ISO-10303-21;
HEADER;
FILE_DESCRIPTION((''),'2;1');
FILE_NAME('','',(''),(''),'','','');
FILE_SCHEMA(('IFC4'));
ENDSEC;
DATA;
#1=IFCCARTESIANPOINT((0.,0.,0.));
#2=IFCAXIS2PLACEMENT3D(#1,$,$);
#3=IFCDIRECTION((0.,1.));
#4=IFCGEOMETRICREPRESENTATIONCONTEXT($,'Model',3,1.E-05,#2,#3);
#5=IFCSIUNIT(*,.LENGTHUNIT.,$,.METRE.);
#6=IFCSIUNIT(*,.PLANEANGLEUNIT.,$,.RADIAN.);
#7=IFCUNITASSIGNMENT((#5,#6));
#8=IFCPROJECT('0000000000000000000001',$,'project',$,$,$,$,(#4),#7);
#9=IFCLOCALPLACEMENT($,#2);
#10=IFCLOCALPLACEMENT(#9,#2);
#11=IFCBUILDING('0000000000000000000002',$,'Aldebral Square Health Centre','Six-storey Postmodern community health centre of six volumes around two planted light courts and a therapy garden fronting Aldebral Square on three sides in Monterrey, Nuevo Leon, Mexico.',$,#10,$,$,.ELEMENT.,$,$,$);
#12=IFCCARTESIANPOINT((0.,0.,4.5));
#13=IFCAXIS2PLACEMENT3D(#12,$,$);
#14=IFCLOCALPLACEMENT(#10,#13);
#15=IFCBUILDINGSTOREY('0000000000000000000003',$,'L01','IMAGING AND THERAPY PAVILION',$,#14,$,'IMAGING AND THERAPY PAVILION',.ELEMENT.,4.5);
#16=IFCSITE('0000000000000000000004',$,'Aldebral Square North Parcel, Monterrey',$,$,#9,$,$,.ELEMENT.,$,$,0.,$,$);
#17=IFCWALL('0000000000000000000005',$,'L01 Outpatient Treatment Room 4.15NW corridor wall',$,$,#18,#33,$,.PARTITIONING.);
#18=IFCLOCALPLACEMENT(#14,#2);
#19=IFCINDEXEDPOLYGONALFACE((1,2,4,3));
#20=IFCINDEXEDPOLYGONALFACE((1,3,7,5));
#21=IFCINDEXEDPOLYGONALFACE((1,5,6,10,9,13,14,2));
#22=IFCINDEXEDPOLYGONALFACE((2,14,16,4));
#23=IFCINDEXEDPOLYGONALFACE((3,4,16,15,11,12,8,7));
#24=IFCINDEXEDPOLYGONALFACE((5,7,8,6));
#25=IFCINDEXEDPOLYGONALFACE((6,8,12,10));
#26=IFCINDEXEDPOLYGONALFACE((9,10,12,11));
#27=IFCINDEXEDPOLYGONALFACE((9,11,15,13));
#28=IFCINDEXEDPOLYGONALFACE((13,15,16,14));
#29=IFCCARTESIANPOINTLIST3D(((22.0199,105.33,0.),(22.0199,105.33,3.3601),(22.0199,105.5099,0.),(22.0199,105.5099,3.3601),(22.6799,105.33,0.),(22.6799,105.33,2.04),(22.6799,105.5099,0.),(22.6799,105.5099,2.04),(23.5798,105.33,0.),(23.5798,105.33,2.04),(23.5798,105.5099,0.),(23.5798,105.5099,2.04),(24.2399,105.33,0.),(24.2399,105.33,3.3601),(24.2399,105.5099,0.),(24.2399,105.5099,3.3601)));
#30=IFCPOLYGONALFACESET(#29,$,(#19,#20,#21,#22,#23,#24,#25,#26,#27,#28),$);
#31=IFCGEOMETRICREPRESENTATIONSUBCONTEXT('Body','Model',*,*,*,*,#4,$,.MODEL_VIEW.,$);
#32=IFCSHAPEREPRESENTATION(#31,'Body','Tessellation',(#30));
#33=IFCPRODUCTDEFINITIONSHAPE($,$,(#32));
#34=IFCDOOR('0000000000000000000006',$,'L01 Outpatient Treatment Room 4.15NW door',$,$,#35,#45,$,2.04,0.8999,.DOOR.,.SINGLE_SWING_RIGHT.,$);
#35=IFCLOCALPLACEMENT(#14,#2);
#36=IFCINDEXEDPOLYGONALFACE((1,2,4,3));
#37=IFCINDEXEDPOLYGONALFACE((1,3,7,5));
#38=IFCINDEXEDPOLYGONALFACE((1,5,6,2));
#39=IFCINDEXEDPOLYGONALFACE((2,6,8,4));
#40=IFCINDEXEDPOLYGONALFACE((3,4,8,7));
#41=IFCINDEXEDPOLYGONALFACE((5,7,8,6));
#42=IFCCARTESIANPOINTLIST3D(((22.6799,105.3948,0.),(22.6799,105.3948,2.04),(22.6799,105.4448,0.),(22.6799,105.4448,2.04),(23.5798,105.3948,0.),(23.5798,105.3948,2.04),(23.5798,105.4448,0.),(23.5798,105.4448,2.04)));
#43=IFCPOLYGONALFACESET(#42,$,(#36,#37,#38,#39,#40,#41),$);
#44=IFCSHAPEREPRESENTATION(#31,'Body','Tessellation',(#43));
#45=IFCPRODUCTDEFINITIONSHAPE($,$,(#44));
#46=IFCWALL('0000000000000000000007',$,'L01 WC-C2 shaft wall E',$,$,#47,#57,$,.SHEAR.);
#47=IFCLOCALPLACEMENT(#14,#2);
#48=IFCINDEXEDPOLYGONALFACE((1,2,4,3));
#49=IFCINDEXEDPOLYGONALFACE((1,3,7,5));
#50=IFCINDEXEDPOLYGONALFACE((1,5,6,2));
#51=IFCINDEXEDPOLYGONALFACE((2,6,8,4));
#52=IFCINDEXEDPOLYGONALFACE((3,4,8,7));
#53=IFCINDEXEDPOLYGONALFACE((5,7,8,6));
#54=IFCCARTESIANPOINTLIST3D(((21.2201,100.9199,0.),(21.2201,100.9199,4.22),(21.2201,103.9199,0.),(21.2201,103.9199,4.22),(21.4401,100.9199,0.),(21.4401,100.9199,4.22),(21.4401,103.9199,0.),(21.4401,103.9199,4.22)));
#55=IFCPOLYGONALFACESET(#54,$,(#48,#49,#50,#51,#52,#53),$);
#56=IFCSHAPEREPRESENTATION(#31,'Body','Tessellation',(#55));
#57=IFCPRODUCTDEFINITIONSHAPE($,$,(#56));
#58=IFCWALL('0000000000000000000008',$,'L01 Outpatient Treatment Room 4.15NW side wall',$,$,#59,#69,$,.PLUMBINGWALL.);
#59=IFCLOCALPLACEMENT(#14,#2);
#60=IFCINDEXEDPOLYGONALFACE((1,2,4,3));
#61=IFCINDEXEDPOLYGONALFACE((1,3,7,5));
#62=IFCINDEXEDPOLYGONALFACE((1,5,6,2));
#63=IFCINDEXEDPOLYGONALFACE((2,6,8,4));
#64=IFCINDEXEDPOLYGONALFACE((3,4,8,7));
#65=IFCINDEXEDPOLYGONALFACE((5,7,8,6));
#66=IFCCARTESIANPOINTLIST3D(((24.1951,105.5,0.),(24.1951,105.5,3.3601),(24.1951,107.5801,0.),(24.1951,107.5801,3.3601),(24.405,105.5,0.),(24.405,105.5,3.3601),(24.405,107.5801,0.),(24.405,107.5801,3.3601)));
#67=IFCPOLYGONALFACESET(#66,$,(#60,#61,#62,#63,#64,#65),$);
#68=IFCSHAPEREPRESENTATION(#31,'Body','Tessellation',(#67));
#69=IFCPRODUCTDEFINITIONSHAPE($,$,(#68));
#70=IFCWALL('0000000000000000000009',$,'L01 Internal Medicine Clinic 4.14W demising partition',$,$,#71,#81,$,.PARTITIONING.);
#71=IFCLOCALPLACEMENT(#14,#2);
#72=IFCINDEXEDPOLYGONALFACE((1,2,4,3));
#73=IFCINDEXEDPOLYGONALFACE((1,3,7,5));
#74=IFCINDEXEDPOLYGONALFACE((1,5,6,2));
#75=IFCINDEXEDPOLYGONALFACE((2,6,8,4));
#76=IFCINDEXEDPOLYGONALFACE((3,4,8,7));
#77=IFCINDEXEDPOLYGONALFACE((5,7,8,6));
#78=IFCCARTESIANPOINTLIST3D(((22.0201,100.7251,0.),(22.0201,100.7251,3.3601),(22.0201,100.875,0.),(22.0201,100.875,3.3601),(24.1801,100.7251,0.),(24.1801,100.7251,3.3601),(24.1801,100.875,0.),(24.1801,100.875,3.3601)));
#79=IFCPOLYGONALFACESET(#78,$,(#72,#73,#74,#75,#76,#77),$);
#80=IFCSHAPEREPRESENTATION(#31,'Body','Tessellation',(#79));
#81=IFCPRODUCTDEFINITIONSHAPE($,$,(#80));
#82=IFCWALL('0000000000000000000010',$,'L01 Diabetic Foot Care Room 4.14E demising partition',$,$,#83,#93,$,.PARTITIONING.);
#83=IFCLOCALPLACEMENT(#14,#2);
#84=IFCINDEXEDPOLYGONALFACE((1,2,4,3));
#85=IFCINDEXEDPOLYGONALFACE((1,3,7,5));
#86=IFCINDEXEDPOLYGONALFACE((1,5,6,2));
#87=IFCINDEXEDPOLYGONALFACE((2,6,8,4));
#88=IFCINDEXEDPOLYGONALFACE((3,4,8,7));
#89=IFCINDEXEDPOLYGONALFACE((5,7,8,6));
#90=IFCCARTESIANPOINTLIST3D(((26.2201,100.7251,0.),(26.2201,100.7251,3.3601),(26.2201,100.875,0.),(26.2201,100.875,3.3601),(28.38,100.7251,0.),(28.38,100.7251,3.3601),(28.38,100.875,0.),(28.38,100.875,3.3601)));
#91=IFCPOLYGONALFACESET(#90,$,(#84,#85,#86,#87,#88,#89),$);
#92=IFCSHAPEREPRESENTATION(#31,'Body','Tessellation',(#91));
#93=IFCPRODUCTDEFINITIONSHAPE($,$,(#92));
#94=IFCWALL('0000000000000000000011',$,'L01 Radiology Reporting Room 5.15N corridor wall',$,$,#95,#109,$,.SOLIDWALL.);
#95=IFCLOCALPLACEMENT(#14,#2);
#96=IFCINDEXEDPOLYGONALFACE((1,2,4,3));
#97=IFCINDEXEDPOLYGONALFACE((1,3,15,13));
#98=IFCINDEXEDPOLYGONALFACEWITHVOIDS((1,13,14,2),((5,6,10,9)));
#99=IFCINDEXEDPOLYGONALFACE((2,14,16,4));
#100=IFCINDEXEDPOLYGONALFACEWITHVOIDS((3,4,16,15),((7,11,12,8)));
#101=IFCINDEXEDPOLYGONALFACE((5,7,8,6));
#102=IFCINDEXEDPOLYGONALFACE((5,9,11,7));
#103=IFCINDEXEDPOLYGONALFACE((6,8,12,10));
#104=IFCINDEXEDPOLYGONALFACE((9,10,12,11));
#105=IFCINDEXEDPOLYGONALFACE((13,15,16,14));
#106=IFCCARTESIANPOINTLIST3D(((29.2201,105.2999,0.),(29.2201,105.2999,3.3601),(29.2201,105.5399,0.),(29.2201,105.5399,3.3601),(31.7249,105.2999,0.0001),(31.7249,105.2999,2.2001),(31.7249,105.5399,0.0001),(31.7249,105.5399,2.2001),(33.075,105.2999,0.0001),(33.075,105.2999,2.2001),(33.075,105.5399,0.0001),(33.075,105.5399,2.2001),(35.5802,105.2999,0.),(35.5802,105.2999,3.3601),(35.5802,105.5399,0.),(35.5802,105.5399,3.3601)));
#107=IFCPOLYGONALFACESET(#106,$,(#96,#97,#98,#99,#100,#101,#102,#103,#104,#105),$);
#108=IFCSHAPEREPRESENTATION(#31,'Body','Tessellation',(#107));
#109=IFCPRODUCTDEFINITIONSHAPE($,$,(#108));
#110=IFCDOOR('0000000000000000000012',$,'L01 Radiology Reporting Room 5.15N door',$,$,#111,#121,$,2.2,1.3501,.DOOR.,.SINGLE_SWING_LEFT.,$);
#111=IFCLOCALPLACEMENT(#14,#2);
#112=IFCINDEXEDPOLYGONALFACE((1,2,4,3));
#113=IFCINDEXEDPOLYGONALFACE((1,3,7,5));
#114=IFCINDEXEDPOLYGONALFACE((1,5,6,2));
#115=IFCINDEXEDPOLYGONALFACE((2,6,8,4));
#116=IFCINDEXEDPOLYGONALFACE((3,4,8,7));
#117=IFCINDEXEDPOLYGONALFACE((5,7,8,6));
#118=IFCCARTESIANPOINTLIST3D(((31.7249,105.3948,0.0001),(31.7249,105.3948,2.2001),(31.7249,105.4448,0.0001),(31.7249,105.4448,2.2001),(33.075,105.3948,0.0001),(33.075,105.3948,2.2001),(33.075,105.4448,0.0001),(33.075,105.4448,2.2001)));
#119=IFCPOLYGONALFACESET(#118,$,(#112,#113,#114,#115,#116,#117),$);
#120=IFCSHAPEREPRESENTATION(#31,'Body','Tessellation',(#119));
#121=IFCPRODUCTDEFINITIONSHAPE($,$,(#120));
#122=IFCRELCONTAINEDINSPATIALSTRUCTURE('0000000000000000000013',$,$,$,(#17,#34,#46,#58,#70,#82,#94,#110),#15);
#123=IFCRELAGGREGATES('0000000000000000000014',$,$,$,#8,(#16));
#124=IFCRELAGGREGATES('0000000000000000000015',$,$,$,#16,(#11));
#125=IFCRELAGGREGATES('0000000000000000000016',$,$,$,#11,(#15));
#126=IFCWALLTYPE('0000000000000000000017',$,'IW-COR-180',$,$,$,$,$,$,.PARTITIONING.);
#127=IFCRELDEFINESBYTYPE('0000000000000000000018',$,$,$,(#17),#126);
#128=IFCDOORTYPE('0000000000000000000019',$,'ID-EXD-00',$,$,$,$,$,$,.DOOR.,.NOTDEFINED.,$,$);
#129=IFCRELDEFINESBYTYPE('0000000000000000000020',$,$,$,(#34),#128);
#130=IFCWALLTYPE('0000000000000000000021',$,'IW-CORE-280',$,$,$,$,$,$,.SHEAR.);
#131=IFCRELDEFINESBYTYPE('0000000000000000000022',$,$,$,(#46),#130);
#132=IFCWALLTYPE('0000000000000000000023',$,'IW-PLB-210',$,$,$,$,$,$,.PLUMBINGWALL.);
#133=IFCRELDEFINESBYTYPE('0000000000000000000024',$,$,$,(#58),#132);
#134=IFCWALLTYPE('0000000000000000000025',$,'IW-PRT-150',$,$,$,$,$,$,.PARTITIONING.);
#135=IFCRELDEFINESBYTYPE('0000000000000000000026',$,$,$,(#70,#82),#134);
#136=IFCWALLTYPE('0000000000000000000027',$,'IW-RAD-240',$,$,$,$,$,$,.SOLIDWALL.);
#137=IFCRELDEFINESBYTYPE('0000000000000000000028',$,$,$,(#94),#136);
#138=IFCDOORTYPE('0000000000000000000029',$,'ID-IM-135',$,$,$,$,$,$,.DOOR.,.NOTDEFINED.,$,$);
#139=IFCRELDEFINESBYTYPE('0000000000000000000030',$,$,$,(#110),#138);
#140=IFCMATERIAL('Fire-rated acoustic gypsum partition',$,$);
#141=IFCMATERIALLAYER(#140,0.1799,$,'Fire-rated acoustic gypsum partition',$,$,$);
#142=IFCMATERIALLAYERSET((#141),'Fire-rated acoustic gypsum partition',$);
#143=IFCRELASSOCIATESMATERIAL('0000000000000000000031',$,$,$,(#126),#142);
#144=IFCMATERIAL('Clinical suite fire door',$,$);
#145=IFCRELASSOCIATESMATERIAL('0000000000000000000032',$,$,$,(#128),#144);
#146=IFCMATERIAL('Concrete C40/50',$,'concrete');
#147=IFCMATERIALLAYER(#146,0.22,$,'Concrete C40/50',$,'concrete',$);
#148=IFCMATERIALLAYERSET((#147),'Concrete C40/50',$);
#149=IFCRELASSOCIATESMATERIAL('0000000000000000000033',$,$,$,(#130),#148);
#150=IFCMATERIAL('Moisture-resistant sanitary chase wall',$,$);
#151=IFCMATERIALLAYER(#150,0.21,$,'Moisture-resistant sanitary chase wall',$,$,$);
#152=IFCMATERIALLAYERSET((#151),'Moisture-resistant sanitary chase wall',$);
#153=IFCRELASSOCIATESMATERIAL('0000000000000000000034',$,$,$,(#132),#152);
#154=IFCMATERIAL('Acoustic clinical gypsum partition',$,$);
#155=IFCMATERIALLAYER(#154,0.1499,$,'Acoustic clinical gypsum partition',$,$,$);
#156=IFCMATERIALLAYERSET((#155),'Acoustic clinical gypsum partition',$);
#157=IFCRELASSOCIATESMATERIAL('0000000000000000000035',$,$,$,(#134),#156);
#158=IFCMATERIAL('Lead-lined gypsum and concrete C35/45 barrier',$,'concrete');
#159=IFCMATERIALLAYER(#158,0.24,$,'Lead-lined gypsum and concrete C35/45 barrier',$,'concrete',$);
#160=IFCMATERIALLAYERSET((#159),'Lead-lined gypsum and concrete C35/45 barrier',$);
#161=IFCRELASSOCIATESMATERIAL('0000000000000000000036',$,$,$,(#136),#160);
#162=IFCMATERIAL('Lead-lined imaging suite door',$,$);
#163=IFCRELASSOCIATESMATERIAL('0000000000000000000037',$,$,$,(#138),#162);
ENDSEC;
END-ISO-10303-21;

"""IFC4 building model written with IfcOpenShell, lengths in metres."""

from ifc_helpers import new_model, si_unit, direction, frame, frame_2d, origin, place, context, subcontext, project, spatial, rectangle, extrude, material, layer, layer_set, type_object, element, fill, save


model = new_model("IFC4")

# Units and contexts
model_context = context("Model", 3, precision=1e-05, world=origin(), true_north=direction((0.0, 1.0)))
body_context = subcontext(model_context, "Body", "Model", "MODEL_VIEW")
ifc_project = project(units=[si_unit("LENGTHUNIT", "METRE"), si_unit("PLANEANGLEUNIT", "RADIAN")], contexts=[model_context])

# Site, building, storey
site_placement = place(None, origin())
site = spatial("IfcSite", under=ifc_project, at=site_placement, Name="Aldebral Square North Parcel, Monterrey", CompositionType="ELEMENT", RefElevation=0.0)
building_placement = place(site_placement, origin())
building = spatial("IfcBuilding", under=site, at=building_placement, Name="Aldebral Square Health Centre", Description="Six-storey Postmodern community health centre of six volumes around two planted light courts and a therapy garden fronting Aldebral Square on three sides in Monterrey, Nuevo Leon, Mexico.", CompositionType="ELEMENT")
storey_placement = place(building_placement, frame((0.0, 0.0, 4.5)))
storey = spatial("IfcBuildingStorey", under=building, at=storey_placement, Name="L01", Description="IMAGING AND THERAPY PAVILION", LongName="IMAGING AND THERAPY PAVILION", CompositionType="ELEMENT", Elevation=4.5)

# Shared definitions
ifc_material_1 = material(Name="Concrete C40/50", Category="concrete")

# Wall, opening, door
ifc_material_2 = material(Name="Fire-rated acoustic gypsum partition")
ifc_layer_1 = layer(ifc_material_2, 0.1799, Name="Fire-rated acoustic gypsum partition")
ifc_layer_set_1 = layer_set([ifc_layer_1], Name="Fire-rated acoustic gypsum partition")
wall_type_1 = type_object("IfcWallType", Name="IW-COR-180", PredefinedType="PARTITIONING", material=ifc_layer_set_1)
wall_1_placement = place(storey_placement, frame((22.02, 105.4199, 0.0), z_axis=(0.0, 0.0, 1.0), x_axis=(1.0, 0.0, 0.0)))
wall_1 = element("IfcWall", 1, at=wall_1_placement, inside=storey, type_object=wall_type_1, Name="L01 Outpatient Treatment Room 4.15NW corridor wall", PredefinedType="PARTITIONING", context=body_context, shape_type="SweptSolid", body=[
    extrude(rectangle(XDim=2.22, YDim=0.1799, at=frame_2d((1.1099, 0.0))), origin(), (0.0, 0.0, 1.0), 3.3601),
])
opening_1_placement = place(wall_1_placement, frame((0.6599, 0.0, 0.0)))
opening_1 = element("IfcOpeningElement", 2, at=opening_1_placement, cuts=wall_1, PredefinedType="OPENING", context=body_context, shape_type="SweptSolid", body=[
    extrude(rectangle(XDim=0.8999, YDim=2.04, at=frame_2d((0.45, 1.02))), frame((0.0, 0.1001, 0.0), z_axis=(0.0, -1.0, 0.0), x_axis=(1.0, 0.0, 0.0)), (0.0, 0.0, 1.0), 0.2),
])
ifc_material_3 = material(Name="Clinical suite fire door")
door_type_1 = type_object("IfcDoorType", Name="ID-EXD-00", OperationType="NOTDEFINED", PredefinedType="DOOR", material=ifc_material_3)
door_1_placement = place(opening_1_placement, origin())
door_1 = element("IfcDoor", 3, at=door_1_placement, inside=storey, type_object=door_type_1, Name="L01 Outpatient Treatment Room 4.15NW door", OperationType="SINGLE_SWING_RIGHT", OverallHeight=2.04, OverallWidth=0.8999, PredefinedType="DOOR", context=body_context, shape_type="SweptSolid", body=[
    extrude(rectangle(XDim=0.8999, YDim=2.04, at=frame_2d((0.45, 1.02))), frame((0.0, 0.0249, 0.0), z_axis=(0.0, -1.0, 0.0), x_axis=(1.0, 0.0, 0.0)), (0.0, 0.0, 1.0), 0.05),
])
fill(opening_1, door_1)

# Walls
ifc_layer_2 = layer(ifc_material_1, 0.22, Name="Concrete C40/50", Category="concrete")
ifc_layer_set_2 = layer_set([ifc_layer_2], Name="Concrete C40/50")
wall_type_2 = type_object("IfcWallType", Name="IW-CORE-280", PredefinedType="SHEAR", material=ifc_layer_set_2)
wall_2_placement = place(storey_placement, frame((21.3301, 100.9199, 0.0), z_axis=(0.0, 0.0, 1.0), x_axis=(0.0, 1.0, 0.0)))
element("IfcWall", 4, at=wall_2_placement, inside=storey, type_object=wall_type_2, Name="L01 WC-C2 shaft wall E", PredefinedType="SHEAR", context=body_context, shape_type="SweptSolid", body=[
    extrude(rectangle(XDim=3.0, YDim=0.22, at=frame_2d((1.5, 0.0))), origin(), (0.0, 0.0, 1.0), 4.22),
])
ifc_material_4 = material(Name="Moisture-resistant sanitary chase wall")
ifc_layer_3 = layer(ifc_material_4, 0.21, Name="Moisture-resistant sanitary chase wall")
ifc_layer_set_3 = layer_set([ifc_layer_3], Name="Moisture-resistant sanitary chase wall")
wall_type_3 = type_object("IfcWallType", Name="IW-PLB-210", PredefinedType="PLUMBINGWALL", material=ifc_layer_set_3)
wall_3_placement = place(storey_placement, frame((24.3, 105.5, 0.0), z_axis=(0.0, 0.0, 1.0), x_axis=(0.0, 1.0, 0.0)))
element("IfcWall", 5, at=wall_3_placement, inside=storey, type_object=wall_type_3, Name="L01 Outpatient Treatment Room 4.15NW side wall", PredefinedType="PLUMBINGWALL", context=body_context, shape_type="SweptSolid", body=[
    extrude(rectangle(XDim=2.0801, YDim=0.21, at=frame_2d((1.04, 0.0))), origin(), (0.0, 0.0, 1.0), 3.3601),
])
ifc_material_5 = material(Name="Acoustic clinical gypsum partition")
ifc_layer_4 = layer(ifc_material_5, 0.1499, Name="Acoustic clinical gypsum partition")
ifc_layer_set_4 = layer_set([ifc_layer_4], Name="Acoustic clinical gypsum partition")
wall_type_4 = type_object("IfcWallType", Name="IW-PRT-150", PredefinedType="PARTITIONING", material=ifc_layer_set_4)
for number, where, z_axis, x_axis, name in (
    (6, (22.02, 100.8, 0.0), (0.0, 0.0, 1.0), (1.0, 0.0, 0.0), "L01 Internal Medicine Clinic 4.14W demising partition"),
    (7, (26.22, 100.8, 0.0), (0.0, 0.0, 1.0), (1.0, 0.0, 0.0), "L01 Diabetic Foot Care Room 4.14E demising partition"),
):
    element("IfcWall", number, at=place(storey_placement, frame(where, z_axis=z_axis, x_axis=x_axis)), inside=storey, type_object=wall_type_4, Name=name, PredefinedType="PARTITIONING", context=body_context, shape_type="SweptSolid", body=[
        extrude(rectangle(XDim=2.1599, YDim=0.1499, at=frame_2d((1.0801, 0.0))), origin(), (0.0, 0.0, 1.0), 3.3601),
    ])

# Wall, opening, door
ifc_material_6 = material(Name="Lead-lined gypsum and concrete C35/45 barrier", Category="concrete")
ifc_layer_5 = layer(ifc_material_6, 0.24, Name="Lead-lined gypsum and concrete C35/45 barrier", Category="concrete")
ifc_layer_set_5 = layer_set([ifc_layer_5], Name="Lead-lined gypsum and concrete C35/45 barrier")
wall_type_5 = type_object("IfcWallType", Name="IW-RAD-240", PredefinedType="SOLIDWALL", material=ifc_layer_set_5)
wall_4_placement = place(storey_placement, frame((29.22, 105.4199, 0.0), z_axis=(0.0, 0.0, 1.0), x_axis=(1.0, 0.0, 0.0)))
wall_4 = element("IfcWall", 8, at=wall_4_placement, inside=storey, type_object=wall_type_5, Name="L01 Radiology Reporting Room 5.15N corridor wall", PredefinedType="SOLIDWALL", context=body_context, shape_type="SweptSolid", body=[
    extrude(rectangle(XDim=6.3601, YDim=0.24, at=frame_2d((3.1802, 0.0))), origin(), (0.0, 0.0, 1.0), 3.3601),
])
opening_2_placement = place(wall_4_placement, frame((2.5049, 0.0, 0.0)))
opening_2 = element("IfcOpeningElement", 9, at=opening_2_placement, cuts=wall_4, PredefinedType="OPENING", context=body_context, shape_type="SweptSolid", body=[
    extrude(rectangle(XDim=1.3501, YDim=2.2, at=frame_2d((0.675, 1.1001))), frame((0.0, 0.1299, 0.0), z_axis=(0.0, -1.0, 0.0), x_axis=(1.0, 0.0, 0.0)), (0.0, 0.0, 1.0), 0.26),
])
ifc_material_7 = material(Name="Lead-lined imaging suite door")
door_type_2 = type_object("IfcDoorType", Name="ID-IM-135", OperationType="NOTDEFINED", PredefinedType="DOOR", material=ifc_material_7)
door_2_placement = place(opening_2_placement, origin())
door_2 = element("IfcDoor", 10, at=door_2_placement, inside=storey, type_object=door_type_2, Name="L01 Radiology Reporting Room 5.15N door", OperationType="SINGLE_SWING_LEFT", OverallHeight=2.2, OverallWidth=1.3501, PredefinedType="DOOR", context=body_context, shape_type="SweptSolid", body=[
    extrude(rectangle(XDim=1.3501, YDim=2.2, at=frame_2d((0.675, 1.1001))), frame((0.0, 0.0249, 0.0), z_axis=(0.0, -1.0, 0.0), x_axis=(1.0, 0.0, 0.0)), (0.0, 0.0, 1.0), 0.05),
])
fill(opening_2, door_2)

save(model, "model.ifc")
